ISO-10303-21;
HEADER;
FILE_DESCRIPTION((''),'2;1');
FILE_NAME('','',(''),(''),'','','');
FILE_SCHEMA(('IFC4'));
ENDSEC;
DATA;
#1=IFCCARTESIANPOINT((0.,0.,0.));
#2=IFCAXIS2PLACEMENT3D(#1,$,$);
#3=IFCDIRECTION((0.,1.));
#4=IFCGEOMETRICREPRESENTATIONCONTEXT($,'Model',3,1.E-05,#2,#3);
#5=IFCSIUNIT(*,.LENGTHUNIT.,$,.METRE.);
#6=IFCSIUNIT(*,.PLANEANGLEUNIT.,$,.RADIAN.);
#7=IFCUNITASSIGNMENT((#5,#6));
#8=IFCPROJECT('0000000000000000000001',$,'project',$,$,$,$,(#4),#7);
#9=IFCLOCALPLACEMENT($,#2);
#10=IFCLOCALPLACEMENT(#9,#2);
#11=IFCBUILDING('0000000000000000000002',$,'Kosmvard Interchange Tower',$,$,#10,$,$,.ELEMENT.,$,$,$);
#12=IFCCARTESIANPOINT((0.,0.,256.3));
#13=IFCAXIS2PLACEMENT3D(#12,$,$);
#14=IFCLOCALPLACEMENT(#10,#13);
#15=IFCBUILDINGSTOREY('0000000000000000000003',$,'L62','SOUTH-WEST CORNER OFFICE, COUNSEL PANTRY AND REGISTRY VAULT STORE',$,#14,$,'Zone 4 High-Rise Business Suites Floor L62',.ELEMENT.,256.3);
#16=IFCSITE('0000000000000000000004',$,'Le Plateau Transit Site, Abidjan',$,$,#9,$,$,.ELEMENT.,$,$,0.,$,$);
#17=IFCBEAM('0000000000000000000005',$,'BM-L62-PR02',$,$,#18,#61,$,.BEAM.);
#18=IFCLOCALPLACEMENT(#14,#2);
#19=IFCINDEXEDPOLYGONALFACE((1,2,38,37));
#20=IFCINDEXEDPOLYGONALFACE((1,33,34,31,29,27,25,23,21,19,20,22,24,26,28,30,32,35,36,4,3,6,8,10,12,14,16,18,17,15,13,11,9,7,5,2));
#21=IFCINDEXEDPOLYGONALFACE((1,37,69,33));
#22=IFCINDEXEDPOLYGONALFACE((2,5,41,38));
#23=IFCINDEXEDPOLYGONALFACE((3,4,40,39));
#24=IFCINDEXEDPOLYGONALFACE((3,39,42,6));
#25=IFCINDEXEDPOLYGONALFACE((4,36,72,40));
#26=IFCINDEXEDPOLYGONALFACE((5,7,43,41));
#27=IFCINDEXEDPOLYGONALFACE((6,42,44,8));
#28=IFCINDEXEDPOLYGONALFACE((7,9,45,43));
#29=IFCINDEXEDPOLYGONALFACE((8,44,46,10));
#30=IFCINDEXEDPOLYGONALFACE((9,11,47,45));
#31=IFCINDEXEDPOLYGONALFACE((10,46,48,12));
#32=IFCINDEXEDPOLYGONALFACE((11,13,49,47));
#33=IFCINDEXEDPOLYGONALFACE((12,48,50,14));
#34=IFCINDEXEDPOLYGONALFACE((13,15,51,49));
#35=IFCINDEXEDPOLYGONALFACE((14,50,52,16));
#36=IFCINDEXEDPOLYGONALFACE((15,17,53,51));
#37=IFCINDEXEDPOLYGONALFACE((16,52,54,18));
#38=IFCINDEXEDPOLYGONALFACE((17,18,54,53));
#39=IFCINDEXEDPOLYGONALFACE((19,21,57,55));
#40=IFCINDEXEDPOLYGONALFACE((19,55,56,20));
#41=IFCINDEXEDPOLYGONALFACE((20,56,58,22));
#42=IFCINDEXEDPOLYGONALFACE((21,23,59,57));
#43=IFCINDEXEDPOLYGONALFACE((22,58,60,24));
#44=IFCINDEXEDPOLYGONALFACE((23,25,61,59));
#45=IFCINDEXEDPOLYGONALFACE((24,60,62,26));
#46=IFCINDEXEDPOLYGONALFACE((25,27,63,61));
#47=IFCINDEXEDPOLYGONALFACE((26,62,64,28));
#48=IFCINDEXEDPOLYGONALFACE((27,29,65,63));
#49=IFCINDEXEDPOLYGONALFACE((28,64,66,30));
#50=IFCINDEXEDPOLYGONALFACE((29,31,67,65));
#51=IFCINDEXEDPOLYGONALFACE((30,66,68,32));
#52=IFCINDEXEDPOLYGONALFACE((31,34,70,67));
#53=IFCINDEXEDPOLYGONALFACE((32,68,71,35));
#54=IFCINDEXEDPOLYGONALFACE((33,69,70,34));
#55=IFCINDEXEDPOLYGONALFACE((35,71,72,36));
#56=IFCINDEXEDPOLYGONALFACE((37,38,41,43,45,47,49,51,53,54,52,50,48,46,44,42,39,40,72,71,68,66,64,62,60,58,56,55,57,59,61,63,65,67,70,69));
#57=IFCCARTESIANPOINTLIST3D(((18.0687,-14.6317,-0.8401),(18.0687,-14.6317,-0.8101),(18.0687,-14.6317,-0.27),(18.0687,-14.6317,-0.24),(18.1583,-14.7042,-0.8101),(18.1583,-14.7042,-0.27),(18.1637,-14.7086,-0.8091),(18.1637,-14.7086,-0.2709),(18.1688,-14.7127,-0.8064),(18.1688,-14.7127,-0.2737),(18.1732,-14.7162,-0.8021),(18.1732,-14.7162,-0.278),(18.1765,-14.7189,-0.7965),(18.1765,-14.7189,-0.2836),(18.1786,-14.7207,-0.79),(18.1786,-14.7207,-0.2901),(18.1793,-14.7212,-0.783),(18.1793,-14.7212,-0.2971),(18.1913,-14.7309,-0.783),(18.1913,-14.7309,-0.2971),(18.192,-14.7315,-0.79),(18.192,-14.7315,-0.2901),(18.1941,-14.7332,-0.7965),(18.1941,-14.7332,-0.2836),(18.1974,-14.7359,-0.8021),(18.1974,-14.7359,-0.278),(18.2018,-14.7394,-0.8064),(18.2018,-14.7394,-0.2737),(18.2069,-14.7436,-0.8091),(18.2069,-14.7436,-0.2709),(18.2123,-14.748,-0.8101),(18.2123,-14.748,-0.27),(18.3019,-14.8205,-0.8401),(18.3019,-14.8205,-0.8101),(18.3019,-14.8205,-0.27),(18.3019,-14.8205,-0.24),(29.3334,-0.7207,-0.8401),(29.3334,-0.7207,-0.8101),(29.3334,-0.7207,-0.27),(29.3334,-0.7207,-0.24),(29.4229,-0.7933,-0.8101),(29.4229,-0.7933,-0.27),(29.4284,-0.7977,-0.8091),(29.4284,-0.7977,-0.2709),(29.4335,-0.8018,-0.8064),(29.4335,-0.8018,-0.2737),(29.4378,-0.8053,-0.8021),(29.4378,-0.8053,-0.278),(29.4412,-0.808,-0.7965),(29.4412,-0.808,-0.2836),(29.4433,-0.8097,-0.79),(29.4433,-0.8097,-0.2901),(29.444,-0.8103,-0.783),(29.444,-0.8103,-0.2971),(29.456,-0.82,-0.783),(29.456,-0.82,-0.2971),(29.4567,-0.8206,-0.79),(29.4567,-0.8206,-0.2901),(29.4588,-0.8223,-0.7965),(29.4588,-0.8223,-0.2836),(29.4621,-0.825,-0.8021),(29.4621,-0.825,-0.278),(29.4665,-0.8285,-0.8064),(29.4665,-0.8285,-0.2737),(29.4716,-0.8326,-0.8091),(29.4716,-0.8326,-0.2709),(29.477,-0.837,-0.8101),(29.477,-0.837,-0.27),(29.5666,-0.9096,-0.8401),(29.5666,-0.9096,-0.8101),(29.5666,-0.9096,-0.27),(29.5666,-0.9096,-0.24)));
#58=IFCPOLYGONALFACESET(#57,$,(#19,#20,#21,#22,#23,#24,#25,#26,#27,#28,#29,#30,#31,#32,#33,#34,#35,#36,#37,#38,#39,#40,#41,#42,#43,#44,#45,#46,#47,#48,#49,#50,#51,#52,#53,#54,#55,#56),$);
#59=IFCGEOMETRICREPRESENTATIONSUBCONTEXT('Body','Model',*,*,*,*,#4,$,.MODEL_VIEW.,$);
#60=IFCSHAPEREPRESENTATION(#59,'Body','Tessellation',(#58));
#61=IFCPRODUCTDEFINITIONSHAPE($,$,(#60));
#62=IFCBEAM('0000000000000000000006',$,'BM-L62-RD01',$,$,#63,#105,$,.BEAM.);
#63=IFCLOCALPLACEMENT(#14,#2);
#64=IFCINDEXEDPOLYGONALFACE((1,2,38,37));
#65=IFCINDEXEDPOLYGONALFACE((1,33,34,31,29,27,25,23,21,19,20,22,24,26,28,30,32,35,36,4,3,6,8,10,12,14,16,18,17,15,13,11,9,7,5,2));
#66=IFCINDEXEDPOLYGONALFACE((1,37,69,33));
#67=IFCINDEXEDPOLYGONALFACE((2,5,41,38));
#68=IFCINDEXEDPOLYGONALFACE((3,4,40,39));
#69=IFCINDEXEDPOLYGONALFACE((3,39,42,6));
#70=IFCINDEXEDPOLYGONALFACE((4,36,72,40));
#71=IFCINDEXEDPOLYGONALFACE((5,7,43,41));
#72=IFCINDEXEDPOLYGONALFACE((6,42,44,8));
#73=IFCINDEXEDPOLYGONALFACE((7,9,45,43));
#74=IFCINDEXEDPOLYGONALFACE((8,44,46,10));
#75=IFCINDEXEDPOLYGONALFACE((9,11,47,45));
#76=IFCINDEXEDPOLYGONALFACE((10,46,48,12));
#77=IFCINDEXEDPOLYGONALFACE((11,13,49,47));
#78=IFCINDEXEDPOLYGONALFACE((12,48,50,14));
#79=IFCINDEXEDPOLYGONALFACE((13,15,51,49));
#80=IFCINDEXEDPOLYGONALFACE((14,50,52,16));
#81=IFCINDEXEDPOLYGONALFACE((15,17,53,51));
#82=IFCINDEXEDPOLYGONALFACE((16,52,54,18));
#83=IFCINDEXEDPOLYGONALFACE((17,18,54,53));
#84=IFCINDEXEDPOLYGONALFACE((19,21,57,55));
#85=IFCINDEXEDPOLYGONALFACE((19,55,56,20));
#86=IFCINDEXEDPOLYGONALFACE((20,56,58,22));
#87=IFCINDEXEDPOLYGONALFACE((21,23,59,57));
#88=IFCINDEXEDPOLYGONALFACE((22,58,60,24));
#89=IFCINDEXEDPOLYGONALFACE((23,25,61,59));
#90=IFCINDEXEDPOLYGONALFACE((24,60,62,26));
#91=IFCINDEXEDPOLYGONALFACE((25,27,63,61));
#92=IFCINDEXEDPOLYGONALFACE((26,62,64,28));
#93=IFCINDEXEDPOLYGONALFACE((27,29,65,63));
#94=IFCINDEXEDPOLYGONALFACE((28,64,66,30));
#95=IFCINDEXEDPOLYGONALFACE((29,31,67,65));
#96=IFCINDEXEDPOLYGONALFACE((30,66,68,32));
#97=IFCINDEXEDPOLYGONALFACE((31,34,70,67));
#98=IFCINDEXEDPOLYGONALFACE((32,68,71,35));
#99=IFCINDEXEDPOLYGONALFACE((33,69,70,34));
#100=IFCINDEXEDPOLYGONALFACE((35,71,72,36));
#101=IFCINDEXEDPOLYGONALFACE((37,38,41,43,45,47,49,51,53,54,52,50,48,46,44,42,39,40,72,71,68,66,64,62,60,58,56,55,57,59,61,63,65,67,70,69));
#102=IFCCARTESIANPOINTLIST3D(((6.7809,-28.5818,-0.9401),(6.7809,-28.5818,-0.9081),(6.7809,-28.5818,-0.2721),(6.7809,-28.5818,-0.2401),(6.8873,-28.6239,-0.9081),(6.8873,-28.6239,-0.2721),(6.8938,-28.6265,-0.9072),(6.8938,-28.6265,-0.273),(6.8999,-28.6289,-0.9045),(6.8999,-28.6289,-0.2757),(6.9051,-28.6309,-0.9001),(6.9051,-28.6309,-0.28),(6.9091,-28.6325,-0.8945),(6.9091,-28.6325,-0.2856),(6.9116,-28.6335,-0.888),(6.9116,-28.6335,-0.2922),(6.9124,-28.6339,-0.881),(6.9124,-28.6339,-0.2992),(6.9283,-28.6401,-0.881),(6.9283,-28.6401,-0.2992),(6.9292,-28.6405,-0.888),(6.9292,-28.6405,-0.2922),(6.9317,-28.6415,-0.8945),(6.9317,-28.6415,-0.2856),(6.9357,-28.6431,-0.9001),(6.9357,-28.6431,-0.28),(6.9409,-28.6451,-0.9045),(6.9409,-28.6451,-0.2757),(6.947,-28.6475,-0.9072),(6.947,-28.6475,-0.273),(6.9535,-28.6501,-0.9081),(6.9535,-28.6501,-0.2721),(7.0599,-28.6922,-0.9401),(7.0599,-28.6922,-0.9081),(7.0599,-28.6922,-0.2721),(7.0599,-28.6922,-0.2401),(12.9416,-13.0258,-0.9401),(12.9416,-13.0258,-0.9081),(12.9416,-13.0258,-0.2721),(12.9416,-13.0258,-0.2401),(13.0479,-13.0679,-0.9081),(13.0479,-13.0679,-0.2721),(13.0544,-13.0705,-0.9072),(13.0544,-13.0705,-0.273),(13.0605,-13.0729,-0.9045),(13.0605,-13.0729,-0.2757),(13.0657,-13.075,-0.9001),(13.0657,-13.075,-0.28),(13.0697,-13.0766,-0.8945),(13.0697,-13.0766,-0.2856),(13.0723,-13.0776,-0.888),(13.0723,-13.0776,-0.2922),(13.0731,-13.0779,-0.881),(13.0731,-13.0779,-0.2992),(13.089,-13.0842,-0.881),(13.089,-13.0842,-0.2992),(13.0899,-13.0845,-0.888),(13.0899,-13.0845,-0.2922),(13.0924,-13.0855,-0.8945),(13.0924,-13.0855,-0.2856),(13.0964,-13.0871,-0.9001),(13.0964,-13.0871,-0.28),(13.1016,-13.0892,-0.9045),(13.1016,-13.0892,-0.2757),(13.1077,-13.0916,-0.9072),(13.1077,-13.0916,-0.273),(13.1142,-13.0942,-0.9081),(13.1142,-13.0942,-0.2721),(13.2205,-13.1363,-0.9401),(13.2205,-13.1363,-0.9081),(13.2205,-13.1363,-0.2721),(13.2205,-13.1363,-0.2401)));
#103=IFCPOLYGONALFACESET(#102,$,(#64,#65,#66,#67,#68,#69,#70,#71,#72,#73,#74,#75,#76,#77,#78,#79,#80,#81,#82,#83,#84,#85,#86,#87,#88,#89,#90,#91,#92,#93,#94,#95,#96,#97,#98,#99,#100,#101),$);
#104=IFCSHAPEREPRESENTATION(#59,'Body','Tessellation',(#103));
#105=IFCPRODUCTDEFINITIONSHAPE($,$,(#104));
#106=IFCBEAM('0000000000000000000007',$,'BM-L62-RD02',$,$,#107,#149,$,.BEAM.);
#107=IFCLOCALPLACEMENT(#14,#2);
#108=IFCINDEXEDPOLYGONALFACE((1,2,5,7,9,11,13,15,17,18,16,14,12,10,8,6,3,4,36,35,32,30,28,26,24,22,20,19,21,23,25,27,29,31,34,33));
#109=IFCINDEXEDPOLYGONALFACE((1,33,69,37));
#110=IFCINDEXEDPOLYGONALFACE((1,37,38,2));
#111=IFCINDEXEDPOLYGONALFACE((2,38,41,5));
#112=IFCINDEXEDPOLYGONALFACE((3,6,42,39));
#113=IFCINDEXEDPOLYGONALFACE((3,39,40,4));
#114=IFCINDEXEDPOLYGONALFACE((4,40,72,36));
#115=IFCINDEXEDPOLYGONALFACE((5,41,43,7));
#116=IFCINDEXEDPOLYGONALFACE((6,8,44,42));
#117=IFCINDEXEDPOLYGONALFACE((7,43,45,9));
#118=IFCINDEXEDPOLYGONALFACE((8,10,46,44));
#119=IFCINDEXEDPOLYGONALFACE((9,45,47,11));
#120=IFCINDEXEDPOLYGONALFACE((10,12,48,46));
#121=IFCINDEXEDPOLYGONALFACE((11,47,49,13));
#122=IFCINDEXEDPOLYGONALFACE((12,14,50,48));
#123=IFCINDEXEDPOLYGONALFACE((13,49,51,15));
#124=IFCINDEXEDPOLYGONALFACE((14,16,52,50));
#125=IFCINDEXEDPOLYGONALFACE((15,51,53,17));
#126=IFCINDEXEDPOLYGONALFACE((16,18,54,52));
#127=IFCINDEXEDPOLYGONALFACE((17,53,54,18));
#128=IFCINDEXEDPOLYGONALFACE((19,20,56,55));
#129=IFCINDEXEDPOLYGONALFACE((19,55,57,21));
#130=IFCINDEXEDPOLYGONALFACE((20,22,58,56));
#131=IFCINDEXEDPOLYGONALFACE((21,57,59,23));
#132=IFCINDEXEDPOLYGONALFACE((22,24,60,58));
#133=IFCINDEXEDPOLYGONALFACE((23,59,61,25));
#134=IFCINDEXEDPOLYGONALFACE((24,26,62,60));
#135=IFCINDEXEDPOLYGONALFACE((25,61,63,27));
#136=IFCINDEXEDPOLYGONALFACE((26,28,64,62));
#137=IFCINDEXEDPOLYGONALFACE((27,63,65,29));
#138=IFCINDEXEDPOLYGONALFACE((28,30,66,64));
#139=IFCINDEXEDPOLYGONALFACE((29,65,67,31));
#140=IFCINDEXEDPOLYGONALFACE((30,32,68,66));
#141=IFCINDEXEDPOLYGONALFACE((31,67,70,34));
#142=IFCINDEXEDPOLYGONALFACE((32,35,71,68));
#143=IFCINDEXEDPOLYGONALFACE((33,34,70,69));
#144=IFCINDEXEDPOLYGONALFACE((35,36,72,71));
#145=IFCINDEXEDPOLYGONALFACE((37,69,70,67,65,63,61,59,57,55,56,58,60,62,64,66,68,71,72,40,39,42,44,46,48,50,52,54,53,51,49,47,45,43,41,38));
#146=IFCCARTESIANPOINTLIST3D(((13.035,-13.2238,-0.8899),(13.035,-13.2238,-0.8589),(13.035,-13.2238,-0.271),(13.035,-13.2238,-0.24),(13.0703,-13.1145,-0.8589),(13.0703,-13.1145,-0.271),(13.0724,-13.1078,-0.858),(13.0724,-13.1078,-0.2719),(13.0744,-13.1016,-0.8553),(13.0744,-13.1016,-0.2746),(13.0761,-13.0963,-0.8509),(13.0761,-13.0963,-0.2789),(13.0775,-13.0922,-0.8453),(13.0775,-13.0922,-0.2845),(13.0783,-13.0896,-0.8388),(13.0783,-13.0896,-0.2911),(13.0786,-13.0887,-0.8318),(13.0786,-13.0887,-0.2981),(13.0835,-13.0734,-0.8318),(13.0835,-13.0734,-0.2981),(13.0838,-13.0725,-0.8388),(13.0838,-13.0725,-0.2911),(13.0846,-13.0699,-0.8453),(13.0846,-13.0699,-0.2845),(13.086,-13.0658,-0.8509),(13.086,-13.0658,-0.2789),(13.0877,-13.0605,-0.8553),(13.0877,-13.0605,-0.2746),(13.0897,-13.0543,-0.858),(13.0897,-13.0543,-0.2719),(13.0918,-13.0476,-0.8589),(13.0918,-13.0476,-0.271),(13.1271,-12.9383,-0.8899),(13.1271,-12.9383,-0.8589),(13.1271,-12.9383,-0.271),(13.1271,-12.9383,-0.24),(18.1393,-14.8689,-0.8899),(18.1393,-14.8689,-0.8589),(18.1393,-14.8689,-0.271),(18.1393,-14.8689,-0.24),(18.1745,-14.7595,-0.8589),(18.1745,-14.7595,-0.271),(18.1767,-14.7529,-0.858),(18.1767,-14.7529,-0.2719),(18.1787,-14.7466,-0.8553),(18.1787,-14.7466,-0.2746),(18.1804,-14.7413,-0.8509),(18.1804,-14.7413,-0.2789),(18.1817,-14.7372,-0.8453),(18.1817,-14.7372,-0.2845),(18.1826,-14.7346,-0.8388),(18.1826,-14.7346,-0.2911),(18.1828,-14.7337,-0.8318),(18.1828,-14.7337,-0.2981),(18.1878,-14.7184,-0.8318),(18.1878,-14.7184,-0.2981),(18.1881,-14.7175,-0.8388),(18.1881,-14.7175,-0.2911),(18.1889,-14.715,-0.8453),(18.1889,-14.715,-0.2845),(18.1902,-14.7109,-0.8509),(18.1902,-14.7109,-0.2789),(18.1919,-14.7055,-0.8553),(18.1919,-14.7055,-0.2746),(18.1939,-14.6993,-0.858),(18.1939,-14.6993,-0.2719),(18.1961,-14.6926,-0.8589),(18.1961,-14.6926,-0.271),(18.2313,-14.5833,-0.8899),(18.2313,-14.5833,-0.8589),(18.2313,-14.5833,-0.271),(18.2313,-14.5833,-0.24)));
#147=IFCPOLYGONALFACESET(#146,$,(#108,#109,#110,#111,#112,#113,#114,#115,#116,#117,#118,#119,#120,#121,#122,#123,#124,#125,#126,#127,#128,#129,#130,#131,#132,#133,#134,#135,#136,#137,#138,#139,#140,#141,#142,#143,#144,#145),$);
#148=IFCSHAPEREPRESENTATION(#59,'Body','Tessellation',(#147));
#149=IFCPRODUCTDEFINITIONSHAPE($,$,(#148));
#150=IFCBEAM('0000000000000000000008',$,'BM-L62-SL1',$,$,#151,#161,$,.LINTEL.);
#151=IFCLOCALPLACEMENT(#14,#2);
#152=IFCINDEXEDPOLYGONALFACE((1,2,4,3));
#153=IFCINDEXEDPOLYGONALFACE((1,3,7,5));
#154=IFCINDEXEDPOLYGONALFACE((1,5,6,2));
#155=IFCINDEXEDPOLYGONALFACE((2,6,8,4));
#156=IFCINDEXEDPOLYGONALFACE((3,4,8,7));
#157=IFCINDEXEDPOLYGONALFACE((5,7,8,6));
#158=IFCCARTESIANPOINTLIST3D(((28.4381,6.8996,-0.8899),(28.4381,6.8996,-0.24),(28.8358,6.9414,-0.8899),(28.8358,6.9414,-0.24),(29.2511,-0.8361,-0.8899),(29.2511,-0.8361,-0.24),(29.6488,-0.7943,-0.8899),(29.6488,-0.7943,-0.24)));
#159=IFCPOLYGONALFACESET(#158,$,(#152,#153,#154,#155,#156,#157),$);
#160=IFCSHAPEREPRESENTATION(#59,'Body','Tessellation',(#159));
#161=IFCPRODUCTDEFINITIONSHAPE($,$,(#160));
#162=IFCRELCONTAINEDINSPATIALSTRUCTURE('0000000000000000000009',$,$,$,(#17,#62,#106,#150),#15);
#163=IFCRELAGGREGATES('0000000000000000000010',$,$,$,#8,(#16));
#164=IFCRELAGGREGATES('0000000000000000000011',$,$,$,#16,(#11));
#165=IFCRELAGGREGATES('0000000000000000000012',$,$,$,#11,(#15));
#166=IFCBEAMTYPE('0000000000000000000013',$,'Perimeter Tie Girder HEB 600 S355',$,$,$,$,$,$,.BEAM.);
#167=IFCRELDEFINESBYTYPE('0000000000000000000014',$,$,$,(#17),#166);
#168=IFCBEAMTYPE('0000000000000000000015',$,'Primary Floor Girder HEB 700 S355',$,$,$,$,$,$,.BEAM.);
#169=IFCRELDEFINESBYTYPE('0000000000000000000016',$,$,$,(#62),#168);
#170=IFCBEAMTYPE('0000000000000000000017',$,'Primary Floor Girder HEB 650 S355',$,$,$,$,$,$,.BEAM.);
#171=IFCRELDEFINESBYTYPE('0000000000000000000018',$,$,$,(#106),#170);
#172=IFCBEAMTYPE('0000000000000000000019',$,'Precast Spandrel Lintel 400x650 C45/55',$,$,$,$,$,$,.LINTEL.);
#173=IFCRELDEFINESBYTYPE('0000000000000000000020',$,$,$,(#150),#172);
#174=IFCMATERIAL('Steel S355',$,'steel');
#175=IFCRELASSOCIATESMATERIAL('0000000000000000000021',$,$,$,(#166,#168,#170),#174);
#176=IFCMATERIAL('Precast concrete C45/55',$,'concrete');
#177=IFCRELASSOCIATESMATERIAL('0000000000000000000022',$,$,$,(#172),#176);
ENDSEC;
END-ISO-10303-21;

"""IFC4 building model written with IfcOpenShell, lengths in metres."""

from ifc_helpers import new_model, si_unit, direction, frame, origin, origin_2d, place, context, subcontext, project, spatial, rectangle, i_section, extrude, source, transform, mapped, material, material_profile, profile_set, type_object, element, save


model = new_model("IFC4")

# Units and contexts
model_context = context("Model", 3, precision=1e-05, world=origin(), true_north=direction((0.0, 1.0)))
body_context = subcontext(model_context, "Body", "Model", "MODEL_VIEW")
ifc_project = project(units=[si_unit("LENGTHUNIT", "METRE"), si_unit("PLANEANGLEUNIT", "RADIAN")], contexts=[model_context])

# Site, building, storey
site_placement = place(None, origin())
site = spatial("IfcSite", under=ifc_project, at=site_placement, Name="Le Plateau Transit Site, Abidjan", CompositionType="ELEMENT", RefElevation=0.0)
building_placement = place(site_placement, origin())
building = spatial("IfcBuilding", under=site, at=building_placement, Name="Kosmvard Interchange Tower", CompositionType="ELEMENT")
storey_placement = place(building_placement, frame((0.0, 0.0, 256.3)))
storey = spatial("IfcBuildingStorey", under=building, at=storey_placement, Name="L62", Description="SOUTH-WEST CORNER OFFICE, COUNSEL PANTRY AND REGISTRY VAULT STORE", LongName="Zone 4 High-Rise Business Suites Floor L62", CompositionType="ELEMENT", Elevation=256.3)

# Beams
ifc_material_1 = material(Name="Steel S355", Category="steel")
ifc_material_profile_1 = material_profile(ifc_material_1, i_section(OverallWidth=0.3, OverallDepth=0.6001, WebThickness=0.0154, FlangeThickness=0.03, FilletRadius=0.0271, at=origin_2d()), Name="HEB 600")
ifc_profile_set_1 = profile_set([ifc_material_profile_1], Name="Steel S355")
beam_type_1 = type_object("IfcBeamType", Name="Perimeter Tie Girder HEB 600 S355", PredefinedType="BEAM", material=ifc_profile_set_1)
shared_shape_1 = source(origin(), body_context, "Body", "SweptSolid", [
    extrude(i_section(OverallWidth=0.3, OverallDepth=0.6001, WebThickness=0.0154, FlangeThickness=0.03, FilletRadius=0.0271, at=origin_2d()), origin(), (0.0, 0.0, 1.0), 17.8999),
])
beam_1_placement = place(storey_placement, frame((18.1853, -14.7261, -0.54), z_axis=(0.629315, 0.777151, 0.0), x_axis=(-0.777151, 0.629315, 0.0)))
element("IfcBeam", 1, at=beam_1_placement, inside=storey, type_object=beam_type_1, Name="BM-L62-PR02", PredefinedType="BEAM", context=body_context, shape_type="MappedRepresentation", body=[
    mapped(shared_shape_1, transform((0.0, 0.0, 0.0), scale=1.0)),
])
ifc_material_profile_2 = material_profile(ifc_material_1, i_section(OverallWidth=0.3, OverallDepth=0.7, WebThickness=0.0171, FlangeThickness=0.032, FilletRadius=0.0271, at=origin_2d()), Name="HEB 700")
ifc_profile_set_2 = profile_set([ifc_material_profile_2], Name="Steel S355")
beam_type_2 = type_object("IfcBeamType", Name="Primary Floor Girder HEB 700 S355", PredefinedType="BEAM", material=ifc_profile_set_2)
shared_shape_2 = source(origin(), body_context, "Body", "SweptSolid", [
    extrude(i_section(OverallWidth=0.3, OverallDepth=0.7, WebThickness=0.0171, FlangeThickness=0.032, FilletRadius=0.0271, at=origin_2d()), origin(), (0.0, 0.0, 1.0), 16.7314),
])
beam_2_placement = place(storey_placement, frame((13.0811, -13.0811, -0.5901), z_axis=(-0.368209, -0.929743, 0.0), x_axis=(0.929743, -0.368209, 0.0)))
element("IfcBeam", 2, at=beam_2_placement, inside=storey, type_object=beam_type_2, Name="BM-L62-RD01", PredefinedType="BEAM", context=body_context, shape_type="MappedRepresentation", body=[
    mapped(shared_shape_2, transform((0.0, 0.0, 0.0), scale=1.0)),
])
ifc_material_profile_3 = material_profile(ifc_material_1, i_section(OverallWidth=0.3, OverallDepth=0.6499, WebThickness=0.0161, FlangeThickness=0.031, FilletRadius=0.0271, at=origin_2d()), Name="HEB 650")
ifc_profile_set_3 = profile_set([ifc_material_profile_3], Name="Steel S355")
beam_type_3 = type_object("IfcBeamType", Name="Primary Floor Girder HEB 650 S355", PredefinedType="BEAM", material=ifc_profile_set_3)
shared_shape_3 = source(origin(), body_context, "Body", "SweptSolid", [
    extrude(i_section(OverallWidth=0.3, OverallDepth=0.6499, WebThickness=0.0161, FlangeThickness=0.031, FilletRadius=0.0271, at=origin_2d()), origin(), (0.0, 0.0, 1.0), 5.3628),
])
beam_3_placement = place(storey_placement, frame((13.0811, -13.0811, -0.5649), z_axis=(0.951791, -0.306747, 0.0), x_axis=(0.306747, 0.951791, 0.0)))
element("IfcBeam", 3, at=beam_3_placement, inside=storey, type_object=beam_type_3, Name="BM-L62-RD02", PredefinedType="BEAM", context=body_context, shape_type="MappedRepresentation", body=[
    mapped(shared_shape_3, transform((0.0, 0.0, 0.0), scale=1.0)),
])
ifc_material_2 = material(Name="Precast concrete C45/55", Category="concrete")
ifc_material_profile_4 = material_profile(ifc_material_2, rectangle(XDim=0.3999, YDim=0.6499, at=origin_2d()), Name="SL 400x650")
ifc_profile_set_4 = profile_set([ifc_material_profile_4], Name="Precast concrete C45/55")
beam_type_4 = type_object("IfcBeamType", Name="Precast Spandrel Lintel 400x650 C45/55", PredefinedType="LINTEL", material=ifc_profile_set_4)
shared_shape_4 = source(origin(), body_context, "Body", "SweptSolid", [
    extrude(rectangle(XDim=0.3999, YDim=0.6499, at=origin_2d()), origin(), (0.0, 0.0, 1.0), 7.7783),
])
beam_4_placement = place(storey_placement, frame((29.45, -0.8152, -0.5649), z_axis=(-0.104521, 0.994523, 0.0), x_axis=(-0.994523, -0.104521, 0.0)))
element("IfcBeam", 4, at=beam_4_placement, inside=storey, type_object=beam_type_4, Name="BM-L62-SL1", PredefinedType="LINTEL", context=body_context, shape_type="MappedRepresentation", body=[
    mapped(shared_shape_4, transform((0.0, 0.0, 0.0), scale=1.0)),
])

save(model, "model.ifc")
